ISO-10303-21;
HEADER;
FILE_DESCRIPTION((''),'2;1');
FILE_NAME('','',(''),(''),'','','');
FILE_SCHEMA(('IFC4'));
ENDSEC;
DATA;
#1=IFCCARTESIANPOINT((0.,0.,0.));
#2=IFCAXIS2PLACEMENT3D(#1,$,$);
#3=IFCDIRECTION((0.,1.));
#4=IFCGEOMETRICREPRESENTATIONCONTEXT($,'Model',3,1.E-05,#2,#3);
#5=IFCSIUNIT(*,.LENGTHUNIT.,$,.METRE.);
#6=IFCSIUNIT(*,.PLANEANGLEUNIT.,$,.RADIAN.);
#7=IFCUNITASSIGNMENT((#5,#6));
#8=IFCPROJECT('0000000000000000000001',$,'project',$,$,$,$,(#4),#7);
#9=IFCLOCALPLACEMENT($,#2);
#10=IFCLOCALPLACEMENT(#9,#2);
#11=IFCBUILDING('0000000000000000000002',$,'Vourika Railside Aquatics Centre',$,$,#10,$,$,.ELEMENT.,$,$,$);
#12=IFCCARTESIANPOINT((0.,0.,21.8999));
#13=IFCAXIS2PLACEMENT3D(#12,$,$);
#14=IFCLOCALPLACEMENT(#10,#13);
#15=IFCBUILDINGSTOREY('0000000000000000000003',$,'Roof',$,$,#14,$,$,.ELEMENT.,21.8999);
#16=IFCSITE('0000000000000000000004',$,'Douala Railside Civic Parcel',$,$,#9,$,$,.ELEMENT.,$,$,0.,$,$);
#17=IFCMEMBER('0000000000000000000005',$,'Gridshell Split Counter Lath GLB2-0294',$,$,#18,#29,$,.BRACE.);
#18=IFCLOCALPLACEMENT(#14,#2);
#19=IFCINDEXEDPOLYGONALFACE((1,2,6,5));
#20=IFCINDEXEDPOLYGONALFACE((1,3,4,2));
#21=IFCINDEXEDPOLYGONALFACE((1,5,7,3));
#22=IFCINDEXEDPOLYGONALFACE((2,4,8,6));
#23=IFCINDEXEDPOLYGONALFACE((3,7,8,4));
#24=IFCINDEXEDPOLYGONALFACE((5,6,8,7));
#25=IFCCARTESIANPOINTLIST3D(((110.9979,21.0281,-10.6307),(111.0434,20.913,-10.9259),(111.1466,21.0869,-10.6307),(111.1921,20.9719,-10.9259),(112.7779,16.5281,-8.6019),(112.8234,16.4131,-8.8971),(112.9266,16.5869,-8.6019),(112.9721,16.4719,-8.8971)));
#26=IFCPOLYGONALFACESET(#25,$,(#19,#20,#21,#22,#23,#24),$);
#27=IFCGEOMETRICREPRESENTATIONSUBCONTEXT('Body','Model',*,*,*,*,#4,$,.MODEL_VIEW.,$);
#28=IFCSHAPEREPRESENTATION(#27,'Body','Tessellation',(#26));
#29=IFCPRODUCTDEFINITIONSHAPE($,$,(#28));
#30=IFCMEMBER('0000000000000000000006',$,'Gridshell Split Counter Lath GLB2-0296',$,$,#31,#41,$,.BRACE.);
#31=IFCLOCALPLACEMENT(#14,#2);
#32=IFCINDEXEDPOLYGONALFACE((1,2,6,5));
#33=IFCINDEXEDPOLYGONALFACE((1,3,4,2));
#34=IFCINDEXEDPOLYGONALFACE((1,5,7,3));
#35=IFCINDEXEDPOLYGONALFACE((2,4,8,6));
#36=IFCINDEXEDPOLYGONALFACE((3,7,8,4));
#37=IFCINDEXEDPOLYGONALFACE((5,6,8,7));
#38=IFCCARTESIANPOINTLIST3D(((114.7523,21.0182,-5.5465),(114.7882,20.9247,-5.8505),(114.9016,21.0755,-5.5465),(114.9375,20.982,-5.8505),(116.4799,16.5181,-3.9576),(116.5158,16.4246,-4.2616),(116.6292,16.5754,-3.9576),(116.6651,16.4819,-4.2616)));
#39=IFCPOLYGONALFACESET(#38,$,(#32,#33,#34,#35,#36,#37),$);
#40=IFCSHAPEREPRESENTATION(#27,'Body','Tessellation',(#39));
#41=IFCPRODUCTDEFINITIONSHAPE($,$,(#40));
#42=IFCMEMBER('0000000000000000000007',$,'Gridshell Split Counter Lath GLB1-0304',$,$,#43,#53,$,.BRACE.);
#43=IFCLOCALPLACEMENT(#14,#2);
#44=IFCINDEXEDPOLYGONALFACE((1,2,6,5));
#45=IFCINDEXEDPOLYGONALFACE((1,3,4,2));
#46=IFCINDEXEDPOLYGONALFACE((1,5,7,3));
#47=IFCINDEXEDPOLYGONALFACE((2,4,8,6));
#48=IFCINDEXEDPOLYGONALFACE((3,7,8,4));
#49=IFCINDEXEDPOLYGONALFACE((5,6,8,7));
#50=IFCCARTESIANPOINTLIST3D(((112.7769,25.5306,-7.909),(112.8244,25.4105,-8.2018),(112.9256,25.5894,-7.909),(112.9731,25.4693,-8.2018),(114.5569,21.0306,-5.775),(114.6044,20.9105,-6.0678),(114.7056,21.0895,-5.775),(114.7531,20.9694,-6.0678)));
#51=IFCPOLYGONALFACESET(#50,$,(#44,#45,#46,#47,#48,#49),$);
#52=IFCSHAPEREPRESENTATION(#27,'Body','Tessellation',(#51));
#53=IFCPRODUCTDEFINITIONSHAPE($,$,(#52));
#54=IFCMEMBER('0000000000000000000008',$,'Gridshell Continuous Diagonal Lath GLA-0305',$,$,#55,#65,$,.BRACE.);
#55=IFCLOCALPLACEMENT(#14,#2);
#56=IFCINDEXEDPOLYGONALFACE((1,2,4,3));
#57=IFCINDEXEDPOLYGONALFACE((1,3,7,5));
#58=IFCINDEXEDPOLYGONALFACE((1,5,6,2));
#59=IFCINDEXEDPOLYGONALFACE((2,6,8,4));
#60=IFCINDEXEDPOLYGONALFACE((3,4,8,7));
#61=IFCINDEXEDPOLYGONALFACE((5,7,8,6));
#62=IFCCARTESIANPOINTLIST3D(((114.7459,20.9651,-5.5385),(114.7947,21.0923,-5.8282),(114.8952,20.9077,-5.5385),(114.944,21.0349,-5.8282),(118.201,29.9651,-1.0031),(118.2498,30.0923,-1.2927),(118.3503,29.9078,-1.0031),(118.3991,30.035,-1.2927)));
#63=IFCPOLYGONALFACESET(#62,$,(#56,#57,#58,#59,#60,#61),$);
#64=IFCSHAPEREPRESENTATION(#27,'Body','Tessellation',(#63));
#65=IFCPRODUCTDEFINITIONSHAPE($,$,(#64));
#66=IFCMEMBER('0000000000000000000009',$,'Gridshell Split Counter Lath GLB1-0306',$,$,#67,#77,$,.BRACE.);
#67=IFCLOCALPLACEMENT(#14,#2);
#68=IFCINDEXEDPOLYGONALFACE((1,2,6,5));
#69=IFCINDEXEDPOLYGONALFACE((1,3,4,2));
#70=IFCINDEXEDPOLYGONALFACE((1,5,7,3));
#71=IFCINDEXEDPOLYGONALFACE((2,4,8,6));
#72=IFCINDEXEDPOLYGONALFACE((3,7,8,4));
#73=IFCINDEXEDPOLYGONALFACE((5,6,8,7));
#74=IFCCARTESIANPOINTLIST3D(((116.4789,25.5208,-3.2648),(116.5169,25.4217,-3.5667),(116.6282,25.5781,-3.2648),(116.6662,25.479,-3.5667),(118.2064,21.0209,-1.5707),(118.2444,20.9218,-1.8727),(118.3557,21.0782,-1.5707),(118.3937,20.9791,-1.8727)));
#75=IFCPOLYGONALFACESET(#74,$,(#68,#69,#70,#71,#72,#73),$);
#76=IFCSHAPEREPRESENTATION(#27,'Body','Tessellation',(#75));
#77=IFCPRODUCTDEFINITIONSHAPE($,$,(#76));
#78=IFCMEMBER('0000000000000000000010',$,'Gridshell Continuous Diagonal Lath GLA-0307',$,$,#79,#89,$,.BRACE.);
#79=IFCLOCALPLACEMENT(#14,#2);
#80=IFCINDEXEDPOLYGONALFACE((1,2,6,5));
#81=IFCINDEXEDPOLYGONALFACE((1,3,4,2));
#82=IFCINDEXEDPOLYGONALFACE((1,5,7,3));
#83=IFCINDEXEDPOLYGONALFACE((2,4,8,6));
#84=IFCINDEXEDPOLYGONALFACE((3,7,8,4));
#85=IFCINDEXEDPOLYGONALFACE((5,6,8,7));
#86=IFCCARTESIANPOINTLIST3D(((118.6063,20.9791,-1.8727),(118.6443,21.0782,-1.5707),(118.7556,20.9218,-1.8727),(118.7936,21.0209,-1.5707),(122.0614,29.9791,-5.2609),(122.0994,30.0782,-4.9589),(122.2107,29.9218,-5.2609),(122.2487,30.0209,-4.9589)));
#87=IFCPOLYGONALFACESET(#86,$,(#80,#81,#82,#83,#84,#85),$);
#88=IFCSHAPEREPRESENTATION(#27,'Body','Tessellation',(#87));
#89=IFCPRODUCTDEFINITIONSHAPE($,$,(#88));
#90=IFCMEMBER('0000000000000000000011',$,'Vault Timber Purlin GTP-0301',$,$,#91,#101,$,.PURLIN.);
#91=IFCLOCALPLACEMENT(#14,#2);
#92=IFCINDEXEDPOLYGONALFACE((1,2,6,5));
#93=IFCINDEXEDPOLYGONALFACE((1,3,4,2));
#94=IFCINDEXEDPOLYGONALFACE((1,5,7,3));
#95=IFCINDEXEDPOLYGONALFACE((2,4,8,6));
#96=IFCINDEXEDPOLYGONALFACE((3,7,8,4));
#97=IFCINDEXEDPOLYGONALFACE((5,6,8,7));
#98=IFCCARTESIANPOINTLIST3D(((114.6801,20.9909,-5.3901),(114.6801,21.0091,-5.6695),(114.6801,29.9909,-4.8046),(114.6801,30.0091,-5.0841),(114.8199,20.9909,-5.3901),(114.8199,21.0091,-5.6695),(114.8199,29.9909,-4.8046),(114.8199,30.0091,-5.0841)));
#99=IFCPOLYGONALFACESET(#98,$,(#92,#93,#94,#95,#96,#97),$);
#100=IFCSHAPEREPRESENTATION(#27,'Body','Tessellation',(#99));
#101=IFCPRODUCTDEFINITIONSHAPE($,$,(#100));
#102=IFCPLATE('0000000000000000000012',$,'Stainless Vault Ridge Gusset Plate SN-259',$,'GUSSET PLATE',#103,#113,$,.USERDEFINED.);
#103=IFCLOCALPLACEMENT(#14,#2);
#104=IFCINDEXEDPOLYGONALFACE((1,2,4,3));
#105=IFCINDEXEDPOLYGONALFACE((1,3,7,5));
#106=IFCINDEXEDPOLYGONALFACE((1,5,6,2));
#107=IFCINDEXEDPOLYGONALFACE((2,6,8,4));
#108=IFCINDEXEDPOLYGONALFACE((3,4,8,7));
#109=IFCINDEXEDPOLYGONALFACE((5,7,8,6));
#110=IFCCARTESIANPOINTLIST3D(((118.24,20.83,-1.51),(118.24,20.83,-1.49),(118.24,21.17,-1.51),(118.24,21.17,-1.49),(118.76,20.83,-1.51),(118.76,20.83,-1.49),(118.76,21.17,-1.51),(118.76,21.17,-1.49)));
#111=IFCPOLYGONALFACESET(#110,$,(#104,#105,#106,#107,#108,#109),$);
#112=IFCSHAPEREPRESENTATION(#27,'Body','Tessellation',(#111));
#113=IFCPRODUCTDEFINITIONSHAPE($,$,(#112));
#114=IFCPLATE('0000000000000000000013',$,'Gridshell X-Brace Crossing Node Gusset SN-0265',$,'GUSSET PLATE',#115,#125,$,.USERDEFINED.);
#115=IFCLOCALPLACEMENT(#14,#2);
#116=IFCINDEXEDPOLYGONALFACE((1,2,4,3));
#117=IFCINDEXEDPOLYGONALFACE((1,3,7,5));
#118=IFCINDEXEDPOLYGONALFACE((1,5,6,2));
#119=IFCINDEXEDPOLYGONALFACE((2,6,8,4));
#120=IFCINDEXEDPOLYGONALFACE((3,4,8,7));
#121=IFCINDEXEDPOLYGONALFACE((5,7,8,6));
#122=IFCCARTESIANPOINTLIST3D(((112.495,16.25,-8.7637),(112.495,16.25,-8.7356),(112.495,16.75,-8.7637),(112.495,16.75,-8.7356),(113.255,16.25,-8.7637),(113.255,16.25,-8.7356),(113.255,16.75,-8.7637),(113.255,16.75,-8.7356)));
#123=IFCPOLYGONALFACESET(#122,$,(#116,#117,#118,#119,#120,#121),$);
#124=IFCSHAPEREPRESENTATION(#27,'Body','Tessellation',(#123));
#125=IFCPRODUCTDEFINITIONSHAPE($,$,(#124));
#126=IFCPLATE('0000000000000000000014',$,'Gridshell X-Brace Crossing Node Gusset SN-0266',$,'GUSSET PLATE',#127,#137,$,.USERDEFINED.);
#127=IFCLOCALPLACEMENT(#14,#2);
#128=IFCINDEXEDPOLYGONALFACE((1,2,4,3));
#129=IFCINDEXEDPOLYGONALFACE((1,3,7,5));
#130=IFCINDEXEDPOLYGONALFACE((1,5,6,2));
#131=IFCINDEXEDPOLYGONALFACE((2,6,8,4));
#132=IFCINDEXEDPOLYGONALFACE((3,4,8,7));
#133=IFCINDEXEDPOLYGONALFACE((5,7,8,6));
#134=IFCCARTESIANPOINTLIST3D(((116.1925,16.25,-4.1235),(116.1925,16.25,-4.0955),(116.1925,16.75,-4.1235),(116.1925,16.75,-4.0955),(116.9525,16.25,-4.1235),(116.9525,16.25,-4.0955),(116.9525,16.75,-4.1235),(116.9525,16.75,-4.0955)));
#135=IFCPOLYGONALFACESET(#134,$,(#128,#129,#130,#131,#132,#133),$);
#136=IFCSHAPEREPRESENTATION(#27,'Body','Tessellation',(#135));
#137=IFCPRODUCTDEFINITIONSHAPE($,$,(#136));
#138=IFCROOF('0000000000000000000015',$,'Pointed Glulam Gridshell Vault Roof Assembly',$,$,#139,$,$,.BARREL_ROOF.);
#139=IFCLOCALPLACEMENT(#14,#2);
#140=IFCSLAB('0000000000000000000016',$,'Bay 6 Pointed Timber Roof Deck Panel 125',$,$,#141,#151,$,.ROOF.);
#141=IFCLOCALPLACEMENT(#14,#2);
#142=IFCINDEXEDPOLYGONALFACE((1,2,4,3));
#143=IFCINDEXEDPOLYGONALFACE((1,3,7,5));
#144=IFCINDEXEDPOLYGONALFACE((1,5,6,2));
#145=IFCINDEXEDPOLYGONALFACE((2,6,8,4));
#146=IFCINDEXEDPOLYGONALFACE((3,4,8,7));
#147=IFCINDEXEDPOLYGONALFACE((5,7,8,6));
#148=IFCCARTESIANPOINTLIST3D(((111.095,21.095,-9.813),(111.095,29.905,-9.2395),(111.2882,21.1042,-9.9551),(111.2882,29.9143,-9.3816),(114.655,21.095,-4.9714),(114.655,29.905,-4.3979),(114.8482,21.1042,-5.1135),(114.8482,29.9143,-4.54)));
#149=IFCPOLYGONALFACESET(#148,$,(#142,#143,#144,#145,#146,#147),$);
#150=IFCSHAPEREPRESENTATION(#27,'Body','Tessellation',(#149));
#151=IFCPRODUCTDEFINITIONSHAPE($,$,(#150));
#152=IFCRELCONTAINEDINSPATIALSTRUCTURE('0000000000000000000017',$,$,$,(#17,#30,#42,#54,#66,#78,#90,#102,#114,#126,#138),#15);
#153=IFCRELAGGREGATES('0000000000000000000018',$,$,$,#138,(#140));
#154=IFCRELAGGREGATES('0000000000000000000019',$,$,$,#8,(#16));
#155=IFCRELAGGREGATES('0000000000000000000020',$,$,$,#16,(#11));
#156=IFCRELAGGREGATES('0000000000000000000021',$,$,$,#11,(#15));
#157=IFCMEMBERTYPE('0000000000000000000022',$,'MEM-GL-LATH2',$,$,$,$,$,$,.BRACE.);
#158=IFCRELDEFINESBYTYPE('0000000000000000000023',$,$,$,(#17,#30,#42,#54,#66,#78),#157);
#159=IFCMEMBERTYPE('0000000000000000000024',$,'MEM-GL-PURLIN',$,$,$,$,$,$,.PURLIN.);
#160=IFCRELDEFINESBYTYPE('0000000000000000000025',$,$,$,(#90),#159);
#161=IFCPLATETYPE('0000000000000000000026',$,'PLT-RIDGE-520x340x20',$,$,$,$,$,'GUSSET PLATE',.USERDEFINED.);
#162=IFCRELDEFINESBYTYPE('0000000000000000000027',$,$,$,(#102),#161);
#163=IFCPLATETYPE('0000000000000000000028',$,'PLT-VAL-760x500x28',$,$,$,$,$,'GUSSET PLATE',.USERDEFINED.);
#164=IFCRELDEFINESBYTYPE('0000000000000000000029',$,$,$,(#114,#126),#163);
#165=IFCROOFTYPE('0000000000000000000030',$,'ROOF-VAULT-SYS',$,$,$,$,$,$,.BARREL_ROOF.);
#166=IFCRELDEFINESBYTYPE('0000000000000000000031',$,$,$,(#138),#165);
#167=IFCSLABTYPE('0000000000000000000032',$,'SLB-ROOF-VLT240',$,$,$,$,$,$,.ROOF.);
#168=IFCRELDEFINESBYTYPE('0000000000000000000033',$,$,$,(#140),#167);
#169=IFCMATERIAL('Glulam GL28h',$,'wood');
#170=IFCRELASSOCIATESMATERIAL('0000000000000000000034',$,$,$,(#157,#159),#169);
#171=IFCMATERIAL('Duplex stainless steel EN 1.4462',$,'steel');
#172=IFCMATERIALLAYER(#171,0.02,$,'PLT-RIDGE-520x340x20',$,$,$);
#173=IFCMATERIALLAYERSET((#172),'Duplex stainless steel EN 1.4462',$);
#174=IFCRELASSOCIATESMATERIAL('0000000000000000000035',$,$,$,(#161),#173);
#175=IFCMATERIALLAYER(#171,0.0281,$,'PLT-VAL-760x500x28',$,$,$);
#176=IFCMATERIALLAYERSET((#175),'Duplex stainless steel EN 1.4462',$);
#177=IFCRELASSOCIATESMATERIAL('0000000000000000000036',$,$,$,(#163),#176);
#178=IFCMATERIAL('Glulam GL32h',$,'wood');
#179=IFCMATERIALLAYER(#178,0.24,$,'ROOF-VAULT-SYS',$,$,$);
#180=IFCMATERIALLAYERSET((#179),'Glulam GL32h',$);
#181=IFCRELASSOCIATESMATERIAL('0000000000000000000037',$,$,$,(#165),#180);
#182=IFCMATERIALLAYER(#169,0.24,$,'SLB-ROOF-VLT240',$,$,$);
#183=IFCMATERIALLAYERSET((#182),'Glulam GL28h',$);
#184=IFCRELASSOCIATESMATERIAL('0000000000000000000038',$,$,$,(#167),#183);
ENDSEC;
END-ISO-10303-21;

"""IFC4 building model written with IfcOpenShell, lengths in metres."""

from ifc_helpers import new_model, si_unit, direction, frame, origin, origin_2d, place, context, subcontext, project, spatial, polyline, rectangle, outline, extrude, material, layer, layer_set, material_profile, profile_set, type_object, element, aggregate, save


model = new_model("IFC4")

# Units and contexts
model_context = context("Model", 3, precision=1e-05, world=origin(), true_north=direction((0.0, 1.0)))
body_context = subcontext(model_context, "Body", "Model", "MODEL_VIEW")
ifc_project = project(units=[si_unit("LENGTHUNIT", "METRE"), si_unit("PLANEANGLEUNIT", "RADIAN")], contexts=[model_context])

# Site, building, storey
site_placement = place(None, origin())
site = spatial("IfcSite", under=ifc_project, at=site_placement, Name="Douala Railside Civic Parcel", CompositionType="ELEMENT", RefElevation=0.0)
building_placement = place(site_placement, origin())
building = spatial("IfcBuilding", under=site, at=building_placement, Name="Vourika Railside Aquatics Centre", CompositionType="ELEMENT")
storey_placement = place(building_placement, frame((0.0, 0.0, 21.8999)))
storey = spatial("IfcBuildingStorey", under=building, at=storey_placement, Name="Roof", CompositionType="ELEMENT", Elevation=21.8999)

# Shared definitions
ifc_material_1 = material(Name="Glulam GL32h", Category="wood")

# Members
ifc_material_2 = material(Name="Glulam GL28h", Category="wood")
ifc_material_profile_1 = material_profile(ifc_material_2, rectangle(XDim=0.1599, YDim=0.3201, at=origin_2d()), Name="GL28h 160x320")
ifc_profile_set_1 = profile_set([ifc_material_profile_1], Name="Glulam GL28h")
member_type_1 = type_object("IfcMemberType", Name="MEM-GL-LATH2", PredefinedType="BRACE", material=ifc_profile_set_1)
member_1_placement = place(storey_placement, frame((112.875, 16.5, -8.7495), z_axis=(-0.339225, 0.857577, -0.386636), x_axis=(-0.929893, -0.36783, 0.0)))
element("IfcMember", 1, at=member_1_placement, inside=storey, type_object=member_type_1, Name="Gridshell Split Counter Lath GLB2-0294", PredefinedType="BRACE", context=body_context, shape_type="SweptSolid", body=[
    extrude(rectangle(XDim=0.1599, YDim=0.3201, at=origin_2d()), origin(), (0.0, 0.0, 1.0), 5.2473),
])
member_2_placement = place(storey_placement, frame((116.5725, 16.5, -4.1096), z_axis=(-0.34038, 0.886643, -0.313057), x_axis=(-0.93357, -0.358395, 0.0)))
element("IfcMember", 2, at=member_2_placement, inside=storey, type_object=member_type_1, Name="Gridshell Split Counter Lath GLB2-0296", PredefinedType="BRACE", context=body_context, shape_type="SweptSolid", body=[
    extrude(rectangle(XDim=0.1599, YDim=0.3201, at=origin_2d()), origin(), (0.0, 0.0, 1.0), 5.0754),
])
member_3_placement = place(storey_placement, frame((114.655, 21.0, -5.9214), z_axis=(-0.336559, 0.850836, -0.403492), x_axis=(-0.929893, -0.36783, 0.0)))
element("IfcMember", 3, at=member_3_placement, inside=storey, type_object=member_type_1, Name="Gridshell Split Counter Lath GLB1-0304", PredefinedType="BRACE", context=body_context, shape_type="SweptSolid", body=[
    extrude(rectangle(XDim=0.1599, YDim=0.3201, at=origin_2d()), origin(), (0.0, 0.0, 1.0), 5.2888),
])
member_4_placement = place(storey_placement, frame((114.845, 21.0, -5.6833), z_axis=(0.324299, 0.844754, 0.4257), x_axis=(-0.93357, 0.358395, 0.0)))
element("IfcMember", 4, at=member_4_placement, inside=storey, type_object=member_type_1, Name="Gridshell Continuous Diagonal Lath GLA-0305", PredefinedType="BRACE", context=body_context, shape_type="SweptSolid", body=[
    extrude(rectangle(XDim=0.1599, YDim=0.3201, at=origin_2d()), origin(), (0.0, 0.0, 1.0), 10.6541),
])
member_5_placement = place(storey_placement, frame((118.3, 21.0, -1.7217), z_axis=(-0.338121, 0.880757, -0.331574), x_axis=(-0.93357, -0.358395, 0.0)))
element("IfcMember", 5, at=member_5_placement, inside=storey, type_object=member_type_1, Name="Gridshell Split Counter Lath GLB1-0306", PredefinedType="BRACE", context=body_context, shape_type="SweptSolid", body=[
    extrude(rectangle(XDim=0.1599, YDim=0.3201, at=origin_2d()), origin(), (0.0, 0.0, 1.0), 5.1091),
])
member_6_placement = place(storey_placement, frame((118.7, 21.0, -1.7217), z_axis=(0.338121, 0.880757, -0.331574), x_axis=(-0.93357, 0.358395, 0.0)))
element("IfcMember", 6, at=member_6_placement, inside=storey, type_object=member_type_1, Name="Gridshell Continuous Diagonal Lath GLA-0307", PredefinedType="BRACE", context=body_context, shape_type="SweptSolid", body=[
    extrude(rectangle(XDim=0.1599, YDim=0.3201, at=origin_2d()), origin(), (0.0, 0.0, 1.0), 10.2185),
])
ifc_material_profile_2 = material_profile(ifc_material_2, rectangle(XDim=0.1399, YDim=0.28, at=origin_2d()), Name="GL28h 140x280")
ifc_profile_set_2 = profile_set([ifc_material_profile_2], Name="Glulam GL28h")
member_type_2 = type_object("IfcMemberType", Name="MEM-GL-PURLIN", PredefinedType="PURLIN", material=ifc_profile_set_2)
member_7_placement = place(storey_placement, frame((114.75, 21.0, -5.5298), z_axis=(0.0, 0.997891, 0.064913), x_axis=(-1.0, 0.0, 0.0)))
element("IfcMember", 7, at=member_7_placement, inside=storey, type_object=member_type_2, Name="Vault Timber Purlin GTP-0301", PredefinedType="PURLIN", context=body_context, shape_type="SweptSolid", body=[
    extrude(rectangle(XDim=0.1399, YDim=0.28, at=origin_2d()), origin(), (0.0, 0.0, 1.0), 9.019),
])

# Plates
ifc_material_3 = material(Name="Duplex stainless steel EN 1.4462", Category="steel")
ifc_layer_1 = layer(ifc_material_3, 0.02, Name="PLT-RIDGE-520x340x20")
ifc_layer_set_1 = layer_set([ifc_layer_1], Name="Duplex stainless steel EN 1.4462")
plate_type_1 = type_object("IfcPlateType", Name="PLT-RIDGE-520x340x20", ElementType="GUSSET PLATE", PredefinedType="USERDEFINED", material=ifc_layer_set_1)
plate_placement = place(storey_placement, frame((118.5, 21.0, -1.51), z_axis=(0.0, 0.0, 1.0), x_axis=(1.0, 0.0, 0.0)))
element("IfcPlate", 8, at=plate_placement, inside=storey, type_object=plate_type_1, Name="Stainless Vault Ridge Gusset Plate SN-259", ObjectType="GUSSET PLATE", PredefinedType="USERDEFINED", context=body_context, shape_type="SweptSolid", body=[
    extrude(rectangle(XDim=0.52, YDim=0.3401, at=origin_2d()), origin(), (0.0, 0.0, 1.0), 0.02),
])
ifc_layer_2 = layer(ifc_material_3, 0.0281, Name="PLT-VAL-760x500x28")
ifc_layer_set_2 = layer_set([ifc_layer_2], Name="Duplex stainless steel EN 1.4462")
plate_type_2 = type_object("IfcPlateType", Name="PLT-VAL-760x500x28", ElementType="GUSSET PLATE", PredefinedType="USERDEFINED", material=ifc_layer_set_2)
for number, where, z_axis, x_axis, name in (
    (9, (112.875, 16.5, -8.7637), (0.0, 0.0, 1.0), (1.0, 0.0, 0.0), "Gridshell X-Brace Crossing Node Gusset SN-0265"),
    (10, (116.5725, 16.5, -4.1235), (0.0, 0.0, 1.0), (1.0, 0.0, 0.0), "Gridshell X-Brace Crossing Node Gusset SN-0266"),
):
    element("IfcPlate", number, at=place(storey_placement, frame(where, z_axis=z_axis, x_axis=x_axis)), inside=storey, type_object=plate_type_2, Name=name, ObjectType="GUSSET PLATE", PredefinedType="USERDEFINED", context=body_context, shape_type="SweptSolid", body=[
        extrude(rectangle(XDim=0.76, YDim=0.5, at=origin_2d()), origin(), (0.0, 0.0, 1.0), 0.0281),
    ])

# Roof, slab
ifc_layer_3 = layer(ifc_material_1, 0.24, Name="ROOF-VAULT-SYS")
ifc_layer_set_3 = layer_set([ifc_layer_3], Name="Glulam GL32h")
roof_type = type_object("IfcRoofType", Name="ROOF-VAULT-SYS", PredefinedType="BARREL_ROOF", material=ifc_layer_set_3)
roof_placement = place(storey_placement, origin())
roof = element("IfcRoof", 11, at=roof_placement, inside=storey, type_object=roof_type, Name="Pointed Glulam Gridshell Vault Roof Assembly", PredefinedType="BARREL_ROOF")
ifc_layer_4 = layer(ifc_material_2, 0.24, Name="SLB-ROOF-VLT240")
ifc_layer_set_4 = layer_set([ifc_layer_4], Name="Glulam GL28h")
slab_type = type_object("IfcSlabType", Name="SLB-ROOF-VLT240", PredefinedType="ROOF", material=ifc_layer_set_4)
slab_placement = place(storey_placement, frame((111.095, 21.095, -9.813), z_axis=(-0.805045, -0.038533, 0.591961), x_axis=(0.592401, 0.0, 0.805644)))
slab = element("IfcSlab", 12, at=slab_placement, type_object=slab_type, Name="Bay 6 Pointed Timber Roof Deck Panel 125", PredefinedType="ROOF", context=body_context, shape_type="SweptSolid", body=[
    extrude(outline(polyline([(0.0, 0.0), (6.0095, 0.0), (6.4716, 8.8166), (0.462, 8.8166), (0.0, 0.0)])), origin(), (0.0, 0.0, -1.0), 0.24),
])
aggregate(roof, [slab])

save(model, "model.ifc")
